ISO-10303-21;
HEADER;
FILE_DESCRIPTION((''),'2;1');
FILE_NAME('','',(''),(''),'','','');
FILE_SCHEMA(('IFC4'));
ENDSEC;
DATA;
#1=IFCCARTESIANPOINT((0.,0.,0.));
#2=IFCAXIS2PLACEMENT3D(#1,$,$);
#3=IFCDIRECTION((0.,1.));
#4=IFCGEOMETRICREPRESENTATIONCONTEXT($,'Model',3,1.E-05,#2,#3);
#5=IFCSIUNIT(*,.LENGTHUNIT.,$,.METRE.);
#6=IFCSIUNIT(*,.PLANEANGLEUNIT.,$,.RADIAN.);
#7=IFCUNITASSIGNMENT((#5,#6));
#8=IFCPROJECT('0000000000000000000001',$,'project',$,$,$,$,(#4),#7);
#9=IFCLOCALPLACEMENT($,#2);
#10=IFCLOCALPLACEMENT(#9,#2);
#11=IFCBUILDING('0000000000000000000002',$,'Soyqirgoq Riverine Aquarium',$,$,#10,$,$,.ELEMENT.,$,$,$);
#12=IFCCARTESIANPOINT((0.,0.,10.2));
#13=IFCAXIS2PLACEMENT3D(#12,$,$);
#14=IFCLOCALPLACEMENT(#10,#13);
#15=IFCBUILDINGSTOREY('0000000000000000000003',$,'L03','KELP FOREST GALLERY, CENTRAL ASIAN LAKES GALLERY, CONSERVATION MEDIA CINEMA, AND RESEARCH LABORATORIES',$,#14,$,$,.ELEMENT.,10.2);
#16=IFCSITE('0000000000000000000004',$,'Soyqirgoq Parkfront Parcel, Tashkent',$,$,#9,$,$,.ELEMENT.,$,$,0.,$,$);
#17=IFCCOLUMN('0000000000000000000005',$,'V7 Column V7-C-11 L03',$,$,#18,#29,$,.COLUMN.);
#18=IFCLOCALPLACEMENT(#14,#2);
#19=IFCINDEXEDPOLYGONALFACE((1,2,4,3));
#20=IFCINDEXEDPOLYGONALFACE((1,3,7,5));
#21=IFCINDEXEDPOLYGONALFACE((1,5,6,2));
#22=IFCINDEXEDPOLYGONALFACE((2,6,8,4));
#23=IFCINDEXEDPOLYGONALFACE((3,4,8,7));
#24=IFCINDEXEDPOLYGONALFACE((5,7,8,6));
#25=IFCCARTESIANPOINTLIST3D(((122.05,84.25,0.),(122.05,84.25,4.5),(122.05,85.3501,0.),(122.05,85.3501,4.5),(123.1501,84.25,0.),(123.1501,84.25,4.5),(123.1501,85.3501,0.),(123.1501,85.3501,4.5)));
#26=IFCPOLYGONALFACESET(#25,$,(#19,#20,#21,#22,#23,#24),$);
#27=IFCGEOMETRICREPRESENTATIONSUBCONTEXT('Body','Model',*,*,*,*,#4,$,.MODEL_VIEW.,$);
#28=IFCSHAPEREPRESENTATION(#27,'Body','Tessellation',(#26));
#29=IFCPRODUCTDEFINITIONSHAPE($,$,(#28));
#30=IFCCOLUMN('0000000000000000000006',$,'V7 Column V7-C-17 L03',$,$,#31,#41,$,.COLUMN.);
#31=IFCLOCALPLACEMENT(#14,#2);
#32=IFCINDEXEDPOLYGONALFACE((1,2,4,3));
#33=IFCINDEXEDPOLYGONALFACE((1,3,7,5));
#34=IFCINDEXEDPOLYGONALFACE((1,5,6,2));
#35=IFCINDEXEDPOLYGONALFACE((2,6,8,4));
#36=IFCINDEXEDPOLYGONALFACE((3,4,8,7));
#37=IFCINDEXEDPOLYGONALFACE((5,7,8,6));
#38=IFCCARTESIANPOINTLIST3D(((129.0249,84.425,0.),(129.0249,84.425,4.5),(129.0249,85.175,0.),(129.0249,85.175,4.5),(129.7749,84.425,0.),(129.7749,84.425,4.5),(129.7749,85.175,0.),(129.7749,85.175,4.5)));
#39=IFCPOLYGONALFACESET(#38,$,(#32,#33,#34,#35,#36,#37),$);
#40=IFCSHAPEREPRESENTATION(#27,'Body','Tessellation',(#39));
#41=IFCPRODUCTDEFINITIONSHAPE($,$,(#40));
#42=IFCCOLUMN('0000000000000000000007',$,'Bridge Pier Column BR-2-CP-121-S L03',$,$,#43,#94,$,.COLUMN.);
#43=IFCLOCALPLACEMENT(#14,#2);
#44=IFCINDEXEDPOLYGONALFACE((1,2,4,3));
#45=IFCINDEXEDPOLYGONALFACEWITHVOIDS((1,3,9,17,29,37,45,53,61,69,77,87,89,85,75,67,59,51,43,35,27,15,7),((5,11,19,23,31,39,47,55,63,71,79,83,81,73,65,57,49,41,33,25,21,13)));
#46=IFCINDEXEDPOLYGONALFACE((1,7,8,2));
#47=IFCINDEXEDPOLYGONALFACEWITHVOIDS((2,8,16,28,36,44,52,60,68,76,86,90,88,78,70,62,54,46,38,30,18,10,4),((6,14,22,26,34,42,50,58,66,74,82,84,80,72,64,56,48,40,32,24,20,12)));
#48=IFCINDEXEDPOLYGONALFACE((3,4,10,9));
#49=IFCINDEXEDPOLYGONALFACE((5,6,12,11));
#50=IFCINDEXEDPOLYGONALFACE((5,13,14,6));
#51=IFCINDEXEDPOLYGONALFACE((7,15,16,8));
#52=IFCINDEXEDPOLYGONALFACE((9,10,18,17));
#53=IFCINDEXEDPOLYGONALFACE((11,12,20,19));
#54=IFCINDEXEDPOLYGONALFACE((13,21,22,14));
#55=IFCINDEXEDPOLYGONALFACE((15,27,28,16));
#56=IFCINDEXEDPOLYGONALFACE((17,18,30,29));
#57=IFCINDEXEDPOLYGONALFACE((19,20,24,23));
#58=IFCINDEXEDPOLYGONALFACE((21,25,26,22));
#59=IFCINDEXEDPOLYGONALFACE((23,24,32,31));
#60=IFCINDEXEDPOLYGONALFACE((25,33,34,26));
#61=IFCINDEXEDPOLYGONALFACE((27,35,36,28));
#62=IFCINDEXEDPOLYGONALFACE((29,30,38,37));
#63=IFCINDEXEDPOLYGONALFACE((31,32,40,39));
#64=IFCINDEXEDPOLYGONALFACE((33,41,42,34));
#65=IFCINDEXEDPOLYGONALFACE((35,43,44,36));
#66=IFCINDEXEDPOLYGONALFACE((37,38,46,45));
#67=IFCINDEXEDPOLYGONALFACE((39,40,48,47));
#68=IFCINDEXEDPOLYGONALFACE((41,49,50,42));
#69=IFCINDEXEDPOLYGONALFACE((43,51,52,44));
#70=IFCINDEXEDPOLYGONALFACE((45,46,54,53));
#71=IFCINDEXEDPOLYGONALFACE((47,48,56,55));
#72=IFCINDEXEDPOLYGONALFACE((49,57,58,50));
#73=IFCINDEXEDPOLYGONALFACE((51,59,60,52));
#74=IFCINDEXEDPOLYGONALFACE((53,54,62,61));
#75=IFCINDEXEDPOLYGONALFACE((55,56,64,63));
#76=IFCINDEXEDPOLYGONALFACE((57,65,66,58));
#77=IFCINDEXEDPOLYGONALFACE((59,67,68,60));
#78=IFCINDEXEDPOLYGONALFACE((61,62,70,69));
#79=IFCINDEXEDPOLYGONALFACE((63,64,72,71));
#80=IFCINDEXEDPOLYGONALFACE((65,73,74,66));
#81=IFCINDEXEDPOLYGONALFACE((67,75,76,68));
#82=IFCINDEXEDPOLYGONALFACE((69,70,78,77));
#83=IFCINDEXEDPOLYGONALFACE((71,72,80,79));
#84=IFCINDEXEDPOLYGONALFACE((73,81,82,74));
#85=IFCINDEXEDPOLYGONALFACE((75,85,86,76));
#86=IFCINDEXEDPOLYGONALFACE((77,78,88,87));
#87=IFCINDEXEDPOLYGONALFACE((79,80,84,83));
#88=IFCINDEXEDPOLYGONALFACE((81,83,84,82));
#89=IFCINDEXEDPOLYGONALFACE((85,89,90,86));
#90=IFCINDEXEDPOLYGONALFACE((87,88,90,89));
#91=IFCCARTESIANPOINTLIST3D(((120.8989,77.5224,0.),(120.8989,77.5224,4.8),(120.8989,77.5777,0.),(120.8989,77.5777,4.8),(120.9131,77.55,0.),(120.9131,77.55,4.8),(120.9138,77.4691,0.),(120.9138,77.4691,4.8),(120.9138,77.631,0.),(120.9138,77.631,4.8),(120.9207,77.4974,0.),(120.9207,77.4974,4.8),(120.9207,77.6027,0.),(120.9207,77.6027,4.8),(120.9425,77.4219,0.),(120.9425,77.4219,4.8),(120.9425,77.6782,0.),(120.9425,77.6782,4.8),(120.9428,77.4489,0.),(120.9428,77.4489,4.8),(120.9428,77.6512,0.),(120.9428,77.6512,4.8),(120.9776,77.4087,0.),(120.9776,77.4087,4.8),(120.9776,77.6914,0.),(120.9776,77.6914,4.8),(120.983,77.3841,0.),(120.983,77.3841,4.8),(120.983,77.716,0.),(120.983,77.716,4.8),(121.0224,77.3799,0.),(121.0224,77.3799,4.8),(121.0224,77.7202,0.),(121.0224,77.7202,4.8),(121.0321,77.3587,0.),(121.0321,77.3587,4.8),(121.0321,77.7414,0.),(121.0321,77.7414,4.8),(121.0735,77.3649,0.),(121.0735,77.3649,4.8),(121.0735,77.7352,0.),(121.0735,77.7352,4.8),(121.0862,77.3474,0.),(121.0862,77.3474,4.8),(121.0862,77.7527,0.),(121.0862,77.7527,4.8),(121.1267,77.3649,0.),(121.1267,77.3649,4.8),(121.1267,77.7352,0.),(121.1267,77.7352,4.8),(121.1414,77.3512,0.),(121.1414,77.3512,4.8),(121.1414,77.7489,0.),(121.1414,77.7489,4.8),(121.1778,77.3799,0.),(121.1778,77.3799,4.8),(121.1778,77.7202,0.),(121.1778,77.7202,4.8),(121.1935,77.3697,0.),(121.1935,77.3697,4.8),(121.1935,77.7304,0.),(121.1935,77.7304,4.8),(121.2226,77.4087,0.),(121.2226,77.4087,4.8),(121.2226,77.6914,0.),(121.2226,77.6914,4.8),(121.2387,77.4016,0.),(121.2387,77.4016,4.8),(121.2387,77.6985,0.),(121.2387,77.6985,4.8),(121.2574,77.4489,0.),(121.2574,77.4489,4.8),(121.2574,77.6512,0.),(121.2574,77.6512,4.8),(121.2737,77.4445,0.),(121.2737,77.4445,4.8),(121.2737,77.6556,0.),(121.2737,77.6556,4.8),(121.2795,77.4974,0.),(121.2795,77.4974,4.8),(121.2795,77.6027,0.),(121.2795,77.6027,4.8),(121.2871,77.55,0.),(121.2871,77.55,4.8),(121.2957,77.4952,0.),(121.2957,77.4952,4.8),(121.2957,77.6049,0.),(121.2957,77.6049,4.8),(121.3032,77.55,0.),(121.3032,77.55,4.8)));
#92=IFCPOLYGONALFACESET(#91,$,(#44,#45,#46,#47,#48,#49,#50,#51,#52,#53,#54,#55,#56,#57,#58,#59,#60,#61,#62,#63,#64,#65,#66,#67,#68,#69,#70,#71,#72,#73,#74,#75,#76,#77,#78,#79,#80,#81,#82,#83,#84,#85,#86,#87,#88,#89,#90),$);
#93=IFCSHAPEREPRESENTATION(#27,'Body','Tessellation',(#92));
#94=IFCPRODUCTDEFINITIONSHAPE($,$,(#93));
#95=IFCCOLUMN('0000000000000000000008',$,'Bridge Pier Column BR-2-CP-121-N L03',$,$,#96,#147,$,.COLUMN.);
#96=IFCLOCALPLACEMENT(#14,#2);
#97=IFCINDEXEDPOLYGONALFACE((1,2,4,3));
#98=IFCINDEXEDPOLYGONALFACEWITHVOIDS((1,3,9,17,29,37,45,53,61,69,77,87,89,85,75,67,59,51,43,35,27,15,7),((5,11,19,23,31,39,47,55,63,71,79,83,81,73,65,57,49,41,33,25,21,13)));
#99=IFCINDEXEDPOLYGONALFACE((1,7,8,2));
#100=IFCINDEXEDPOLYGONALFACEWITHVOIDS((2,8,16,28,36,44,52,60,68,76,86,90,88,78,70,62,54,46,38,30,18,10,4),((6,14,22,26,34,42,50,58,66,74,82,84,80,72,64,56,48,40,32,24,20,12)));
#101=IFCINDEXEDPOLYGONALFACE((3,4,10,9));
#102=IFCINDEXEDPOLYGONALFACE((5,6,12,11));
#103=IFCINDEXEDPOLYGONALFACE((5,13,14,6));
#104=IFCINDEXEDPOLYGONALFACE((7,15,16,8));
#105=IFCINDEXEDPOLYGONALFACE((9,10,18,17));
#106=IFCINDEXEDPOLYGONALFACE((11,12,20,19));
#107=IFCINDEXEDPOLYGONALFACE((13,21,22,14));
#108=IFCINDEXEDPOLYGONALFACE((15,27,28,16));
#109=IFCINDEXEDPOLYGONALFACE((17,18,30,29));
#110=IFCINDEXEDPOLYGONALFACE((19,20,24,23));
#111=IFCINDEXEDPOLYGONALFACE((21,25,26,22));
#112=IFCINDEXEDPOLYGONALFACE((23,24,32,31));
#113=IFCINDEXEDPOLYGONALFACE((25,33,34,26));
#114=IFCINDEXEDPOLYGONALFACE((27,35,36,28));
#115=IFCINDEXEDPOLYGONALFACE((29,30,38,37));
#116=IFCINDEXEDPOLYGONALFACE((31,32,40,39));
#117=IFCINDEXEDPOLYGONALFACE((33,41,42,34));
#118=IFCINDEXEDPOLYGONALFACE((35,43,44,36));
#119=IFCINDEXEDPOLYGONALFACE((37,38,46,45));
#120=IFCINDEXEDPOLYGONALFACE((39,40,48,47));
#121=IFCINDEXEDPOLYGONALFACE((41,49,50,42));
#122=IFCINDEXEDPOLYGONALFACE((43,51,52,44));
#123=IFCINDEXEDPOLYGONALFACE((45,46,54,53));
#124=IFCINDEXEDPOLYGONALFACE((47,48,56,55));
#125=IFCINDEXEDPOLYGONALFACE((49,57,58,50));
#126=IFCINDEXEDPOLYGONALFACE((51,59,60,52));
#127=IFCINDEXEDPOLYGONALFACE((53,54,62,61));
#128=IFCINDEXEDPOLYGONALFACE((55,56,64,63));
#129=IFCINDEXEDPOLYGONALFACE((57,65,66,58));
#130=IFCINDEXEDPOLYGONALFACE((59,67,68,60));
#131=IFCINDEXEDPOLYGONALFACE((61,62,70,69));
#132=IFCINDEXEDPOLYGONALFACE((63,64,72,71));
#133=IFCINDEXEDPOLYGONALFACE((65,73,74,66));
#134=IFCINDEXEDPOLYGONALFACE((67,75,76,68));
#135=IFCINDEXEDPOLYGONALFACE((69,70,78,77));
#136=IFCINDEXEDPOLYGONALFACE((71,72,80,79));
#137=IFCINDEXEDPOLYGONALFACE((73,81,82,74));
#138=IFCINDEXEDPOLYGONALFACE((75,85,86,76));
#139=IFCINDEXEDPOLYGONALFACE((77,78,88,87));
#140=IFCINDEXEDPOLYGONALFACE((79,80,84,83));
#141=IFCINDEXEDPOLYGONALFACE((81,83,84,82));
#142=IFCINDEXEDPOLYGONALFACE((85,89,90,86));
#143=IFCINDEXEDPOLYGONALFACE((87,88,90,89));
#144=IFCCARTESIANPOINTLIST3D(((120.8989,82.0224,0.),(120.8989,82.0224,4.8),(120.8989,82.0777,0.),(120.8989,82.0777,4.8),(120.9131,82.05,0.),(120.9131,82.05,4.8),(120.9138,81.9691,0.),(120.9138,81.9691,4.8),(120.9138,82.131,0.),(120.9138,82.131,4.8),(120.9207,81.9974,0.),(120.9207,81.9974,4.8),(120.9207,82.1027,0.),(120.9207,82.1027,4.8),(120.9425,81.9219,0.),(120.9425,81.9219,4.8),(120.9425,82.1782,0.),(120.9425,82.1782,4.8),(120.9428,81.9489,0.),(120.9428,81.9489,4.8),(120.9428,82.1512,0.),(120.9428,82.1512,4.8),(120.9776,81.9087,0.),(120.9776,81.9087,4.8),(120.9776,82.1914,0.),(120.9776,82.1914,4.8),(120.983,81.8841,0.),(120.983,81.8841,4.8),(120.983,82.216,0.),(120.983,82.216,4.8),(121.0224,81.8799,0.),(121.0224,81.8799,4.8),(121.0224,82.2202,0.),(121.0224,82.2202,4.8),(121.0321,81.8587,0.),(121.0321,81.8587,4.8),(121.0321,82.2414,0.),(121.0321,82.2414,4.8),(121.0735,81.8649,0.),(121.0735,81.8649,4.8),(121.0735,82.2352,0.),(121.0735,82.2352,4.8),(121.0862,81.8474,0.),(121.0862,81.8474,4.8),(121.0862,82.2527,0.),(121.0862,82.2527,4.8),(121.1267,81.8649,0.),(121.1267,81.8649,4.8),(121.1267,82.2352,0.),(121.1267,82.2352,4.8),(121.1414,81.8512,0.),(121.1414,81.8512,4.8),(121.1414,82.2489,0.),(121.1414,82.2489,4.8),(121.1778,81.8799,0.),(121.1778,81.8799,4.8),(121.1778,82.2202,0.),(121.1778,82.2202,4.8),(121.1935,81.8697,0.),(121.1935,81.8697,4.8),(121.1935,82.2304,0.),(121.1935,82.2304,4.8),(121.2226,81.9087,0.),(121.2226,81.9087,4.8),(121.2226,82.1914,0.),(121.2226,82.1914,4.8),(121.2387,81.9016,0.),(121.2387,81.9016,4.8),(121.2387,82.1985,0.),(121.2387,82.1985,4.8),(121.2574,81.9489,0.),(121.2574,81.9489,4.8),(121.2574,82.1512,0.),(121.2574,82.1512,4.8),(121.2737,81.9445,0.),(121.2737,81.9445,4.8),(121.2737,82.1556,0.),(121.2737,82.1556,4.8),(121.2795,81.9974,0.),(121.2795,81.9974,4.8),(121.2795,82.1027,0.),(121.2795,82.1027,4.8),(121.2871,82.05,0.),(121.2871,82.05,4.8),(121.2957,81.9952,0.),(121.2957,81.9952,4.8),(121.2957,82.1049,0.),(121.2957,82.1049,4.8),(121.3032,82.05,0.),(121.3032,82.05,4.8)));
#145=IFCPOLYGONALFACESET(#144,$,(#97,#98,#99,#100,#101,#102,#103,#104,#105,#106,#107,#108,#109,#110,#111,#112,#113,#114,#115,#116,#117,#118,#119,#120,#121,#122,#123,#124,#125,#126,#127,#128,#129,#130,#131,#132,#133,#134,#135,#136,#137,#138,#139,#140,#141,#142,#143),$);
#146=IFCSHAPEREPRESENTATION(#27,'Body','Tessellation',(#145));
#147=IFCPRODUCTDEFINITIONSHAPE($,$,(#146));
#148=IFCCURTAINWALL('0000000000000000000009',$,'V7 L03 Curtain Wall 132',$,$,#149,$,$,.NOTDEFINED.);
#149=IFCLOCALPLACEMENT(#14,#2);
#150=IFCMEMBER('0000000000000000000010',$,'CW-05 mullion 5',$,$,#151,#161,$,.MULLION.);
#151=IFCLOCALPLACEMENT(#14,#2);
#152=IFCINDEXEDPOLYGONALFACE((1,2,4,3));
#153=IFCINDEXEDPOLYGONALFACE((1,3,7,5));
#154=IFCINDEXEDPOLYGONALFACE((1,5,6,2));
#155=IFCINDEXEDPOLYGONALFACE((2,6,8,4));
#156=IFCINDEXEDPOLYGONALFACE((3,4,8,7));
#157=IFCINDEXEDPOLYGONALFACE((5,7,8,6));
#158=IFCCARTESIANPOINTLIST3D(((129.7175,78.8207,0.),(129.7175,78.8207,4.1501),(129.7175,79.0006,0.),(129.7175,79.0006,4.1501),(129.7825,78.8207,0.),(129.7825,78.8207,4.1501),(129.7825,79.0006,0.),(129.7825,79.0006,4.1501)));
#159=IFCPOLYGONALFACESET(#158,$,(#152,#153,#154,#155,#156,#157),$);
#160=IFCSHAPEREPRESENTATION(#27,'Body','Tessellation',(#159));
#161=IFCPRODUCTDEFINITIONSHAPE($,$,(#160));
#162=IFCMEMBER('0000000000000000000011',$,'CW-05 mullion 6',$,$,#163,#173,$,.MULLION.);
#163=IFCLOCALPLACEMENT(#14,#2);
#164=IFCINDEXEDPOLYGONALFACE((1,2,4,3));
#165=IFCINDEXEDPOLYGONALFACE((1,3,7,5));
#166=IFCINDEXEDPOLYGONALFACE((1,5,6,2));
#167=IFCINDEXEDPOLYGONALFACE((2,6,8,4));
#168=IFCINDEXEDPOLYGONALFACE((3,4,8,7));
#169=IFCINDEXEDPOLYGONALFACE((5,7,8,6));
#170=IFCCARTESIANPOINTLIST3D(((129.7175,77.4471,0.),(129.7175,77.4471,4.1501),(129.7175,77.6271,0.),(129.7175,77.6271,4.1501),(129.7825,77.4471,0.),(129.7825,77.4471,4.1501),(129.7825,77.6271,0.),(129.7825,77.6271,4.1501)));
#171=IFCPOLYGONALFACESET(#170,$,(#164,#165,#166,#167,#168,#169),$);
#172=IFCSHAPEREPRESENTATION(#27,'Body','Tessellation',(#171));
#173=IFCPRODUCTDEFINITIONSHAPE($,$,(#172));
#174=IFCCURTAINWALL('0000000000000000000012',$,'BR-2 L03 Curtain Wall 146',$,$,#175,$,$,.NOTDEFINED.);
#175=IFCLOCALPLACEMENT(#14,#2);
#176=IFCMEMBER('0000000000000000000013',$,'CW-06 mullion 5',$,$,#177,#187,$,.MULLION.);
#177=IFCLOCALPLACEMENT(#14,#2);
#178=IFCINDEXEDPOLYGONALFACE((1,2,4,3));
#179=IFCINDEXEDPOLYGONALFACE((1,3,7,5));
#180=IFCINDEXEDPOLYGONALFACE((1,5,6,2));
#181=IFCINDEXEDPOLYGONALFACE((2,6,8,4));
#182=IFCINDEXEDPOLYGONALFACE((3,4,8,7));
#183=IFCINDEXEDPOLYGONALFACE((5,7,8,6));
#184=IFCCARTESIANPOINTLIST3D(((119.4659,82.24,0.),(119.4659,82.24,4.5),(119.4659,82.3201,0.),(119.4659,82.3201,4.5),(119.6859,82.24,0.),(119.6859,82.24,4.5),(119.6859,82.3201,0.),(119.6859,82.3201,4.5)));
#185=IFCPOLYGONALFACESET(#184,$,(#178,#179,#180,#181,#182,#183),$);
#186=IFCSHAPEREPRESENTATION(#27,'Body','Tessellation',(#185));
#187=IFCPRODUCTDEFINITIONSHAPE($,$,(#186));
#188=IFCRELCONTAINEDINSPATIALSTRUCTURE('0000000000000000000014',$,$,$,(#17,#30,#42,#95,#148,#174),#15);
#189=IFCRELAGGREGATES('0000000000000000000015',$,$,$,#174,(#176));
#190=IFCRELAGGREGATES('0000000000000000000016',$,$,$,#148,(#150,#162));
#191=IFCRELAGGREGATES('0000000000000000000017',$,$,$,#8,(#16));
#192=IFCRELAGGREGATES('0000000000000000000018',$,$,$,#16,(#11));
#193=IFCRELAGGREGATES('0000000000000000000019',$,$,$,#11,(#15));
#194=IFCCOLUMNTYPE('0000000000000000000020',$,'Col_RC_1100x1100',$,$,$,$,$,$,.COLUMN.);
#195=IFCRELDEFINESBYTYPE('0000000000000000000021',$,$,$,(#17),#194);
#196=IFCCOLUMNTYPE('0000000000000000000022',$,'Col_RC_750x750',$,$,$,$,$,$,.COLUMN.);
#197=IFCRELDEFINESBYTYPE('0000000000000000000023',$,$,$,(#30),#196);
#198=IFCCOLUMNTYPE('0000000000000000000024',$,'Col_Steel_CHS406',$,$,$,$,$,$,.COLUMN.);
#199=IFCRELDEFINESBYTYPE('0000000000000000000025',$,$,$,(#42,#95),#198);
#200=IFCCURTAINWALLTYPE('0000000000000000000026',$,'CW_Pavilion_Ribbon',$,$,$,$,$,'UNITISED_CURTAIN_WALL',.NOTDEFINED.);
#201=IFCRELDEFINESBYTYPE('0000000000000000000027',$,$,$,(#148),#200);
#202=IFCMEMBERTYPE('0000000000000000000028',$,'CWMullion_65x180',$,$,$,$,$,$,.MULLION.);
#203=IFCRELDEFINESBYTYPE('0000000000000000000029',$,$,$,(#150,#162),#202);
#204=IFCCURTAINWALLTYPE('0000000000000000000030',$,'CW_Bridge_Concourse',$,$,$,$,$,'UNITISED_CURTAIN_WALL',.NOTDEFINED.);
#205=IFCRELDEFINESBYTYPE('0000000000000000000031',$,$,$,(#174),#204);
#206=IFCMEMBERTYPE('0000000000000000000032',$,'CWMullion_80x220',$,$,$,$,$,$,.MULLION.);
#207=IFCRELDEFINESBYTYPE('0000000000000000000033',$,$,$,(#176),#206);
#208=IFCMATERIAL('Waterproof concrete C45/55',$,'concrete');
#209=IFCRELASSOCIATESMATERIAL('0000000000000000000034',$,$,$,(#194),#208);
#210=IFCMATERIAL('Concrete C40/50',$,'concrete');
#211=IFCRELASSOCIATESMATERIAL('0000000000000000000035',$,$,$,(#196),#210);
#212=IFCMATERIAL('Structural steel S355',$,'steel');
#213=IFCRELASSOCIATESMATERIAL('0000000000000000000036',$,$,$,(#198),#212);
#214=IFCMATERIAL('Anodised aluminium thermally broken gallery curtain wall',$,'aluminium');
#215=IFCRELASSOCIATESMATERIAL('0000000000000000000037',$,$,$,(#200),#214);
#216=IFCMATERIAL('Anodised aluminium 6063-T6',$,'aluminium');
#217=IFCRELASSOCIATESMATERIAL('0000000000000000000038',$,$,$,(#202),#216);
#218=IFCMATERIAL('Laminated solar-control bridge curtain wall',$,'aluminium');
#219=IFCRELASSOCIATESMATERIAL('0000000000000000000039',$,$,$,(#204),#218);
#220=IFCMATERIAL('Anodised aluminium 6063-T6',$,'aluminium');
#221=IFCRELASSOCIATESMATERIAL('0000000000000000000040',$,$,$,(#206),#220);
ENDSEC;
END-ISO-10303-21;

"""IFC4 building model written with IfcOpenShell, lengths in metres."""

from ifc_helpers import new_model, si_unit, direction, frame, origin, origin_2d, place, context, subcontext, project, spatial, rectangle, hollow_circle, extrude, material, material_profile, profile_set, type_object, element, aggregate, save


model = new_model("IFC4")

# Units and contexts
model_context = context("Model", 3, precision=1e-05, world=origin(), true_north=direction((0.0, 1.0)))
body_context = subcontext(model_context, "Body", "Model", "MODEL_VIEW")
ifc_project = project(units=[si_unit("LENGTHUNIT", "METRE"), si_unit("PLANEANGLEUNIT", "RADIAN")], contexts=[model_context])

# Site, building, storey
site_placement = place(None, origin())
site = spatial("IfcSite", under=ifc_project, at=site_placement, Name="Soyqirgoq Parkfront Parcel, Tashkent", CompositionType="ELEMENT", RefElevation=0.0)
building_placement = place(site_placement, origin())
building = spatial("IfcBuilding", under=site, at=building_placement, Name="Soyqirgoq Riverine Aquarium", CompositionType="ELEMENT")
storey_placement = place(building_placement, frame((0.0, 0.0, 10.2)))
storey = spatial("IfcBuildingStorey", under=building, at=storey_placement, Name="L03", Description="KELP FOREST GALLERY, CENTRAL ASIAN LAKES GALLERY, CONSERVATION MEDIA CINEMA, AND RESEARCH LABORATORIES", CompositionType="ELEMENT", Elevation=10.2)

# Columns
ifc_material_1 = material(Name="Waterproof concrete C45/55", Category="concrete")
ifc_material_profile_1 = material_profile(ifc_material_1, rectangle(XDim=1.1001, YDim=1.1001, at=origin_2d()), Name="RC 1100x1100")
ifc_profile_set_1 = profile_set([ifc_material_profile_1], Name="Waterproof concrete C45/55")
column_type_1 = type_object("IfcColumnType", Name="Col_RC_1100x1100", PredefinedType="COLUMN", material=ifc_profile_set_1)
column_1_placement = place(storey_placement, frame((122.6001, 84.8, 0.0), z_axis=(0.0, 0.0, 1.0), x_axis=(1.0, 0.0, 0.0)))
element("IfcColumn", 1, at=column_1_placement, inside=storey, type_object=column_type_1, Name="V7 Column V7-C-11 L03", PredefinedType="COLUMN", context=body_context, shape_type="SweptSolid", body=[
    extrude(rectangle(XDim=1.1001, YDim=1.1001, at=origin_2d()), origin(), (0.0, 0.0, 1.0), 4.5),
])
ifc_material_2 = material(Name="Concrete C40/50", Category="concrete")
ifc_material_profile_2 = material_profile(ifc_material_2, rectangle(XDim=0.75, YDim=0.75, at=origin_2d()), Name="RC 750x750")
ifc_profile_set_2 = profile_set([ifc_material_profile_2], Name="Concrete C40/50")
column_type_2 = type_object("IfcColumnType", Name="Col_RC_750x750", PredefinedType="COLUMN", material=ifc_profile_set_2)
column_2_placement = place(storey_placement, frame((129.3999, 84.8, 0.0), z_axis=(0.0, 0.0, 1.0), x_axis=(1.0, 0.0, 0.0)))
element("IfcColumn", 2, at=column_2_placement, inside=storey, type_object=column_type_2, Name="V7 Column V7-C-17 L03", PredefinedType="COLUMN", context=body_context, shape_type="SweptSolid", body=[
    extrude(rectangle(XDim=0.75, YDim=0.75, at=origin_2d()), origin(), (0.0, 0.0, 1.0), 4.5),
])
ifc_material_3 = material(Name="Structural steel S355", Category="steel")
ifc_material_profile_3 = material_profile(ifc_material_3, hollow_circle(Radius=0.2031, WallThickness=0.0161, at=origin_2d()), Name="CHS 406.4x16")
ifc_profile_set_3 = profile_set([ifc_material_profile_3], Name="Structural steel S355")
column_type_3 = type_object("IfcColumnType", Name="Col_Steel_CHS406", PredefinedType="COLUMN", material=ifc_profile_set_3)
for number, where, z_axis, x_axis, name in (
    (3, (121.1001, 77.55, 0.0), (0.0, 0.0, 1.0), (1.0, 0.0, 0.0), "Bridge Pier Column BR-2-CP-121-S L03"),
    (4, (121.1001, 82.05, 0.0), (0.0, 0.0, 1.0), (1.0, 0.0, 0.0), "Bridge Pier Column BR-2-CP-121-N L03"),
):
    element("IfcColumn", number, at=place(storey_placement, frame(where, z_axis=z_axis, x_axis=x_axis)), inside=storey, type_object=column_type_3, Name=name, PredefinedType="COLUMN", context=body_context, shape_type="SweptSolid", body=[
        extrude(hollow_circle(Radius=0.2031, WallThickness=0.0161, at=origin_2d()), origin(), (0.0, 0.0, 1.0), 4.8),
    ])

# Curtain walls, members
ifc_material_4 = material(Name="Anodised aluminium thermally broken gallery curtain wall", Category="aluminium")
curtain_wall_type_1 = type_object("IfcCurtainWallType", Name="CW_Pavilion_Ribbon", ElementType="UNITISED_CURTAIN_WALL", PredefinedType="NOTDEFINED", material=ifc_material_4)
curtain_wall_1_placement = place(storey_placement, origin())
curtain_wall_1 = element("IfcCurtainWall", 5, at=curtain_wall_1_placement, inside=storey, type_object=curtain_wall_type_1, Name="V7 L03 Curtain Wall 132", PredefinedType="NOTDEFINED")
ifc_material_5 = material(Name="Anodised aluminium 6063-T6", Category="aluminium")
ifc_material_profile_4 = material_profile(ifc_material_5, rectangle(XDim=0.0649, YDim=0.1799, at=origin_2d()), Name="ALU-M 65x180")
ifc_profile_set_4 = profile_set([ifc_material_profile_4], Name="Anodised aluminium 6063-T6")
member_type_1 = type_object("IfcMemberType", Name="CWMullion_65x180", PredefinedType="MULLION", material=ifc_profile_set_4)
member_1_placement = place(storey_placement, frame((129.75, 78.9106, 0.0), z_axis=(0.0, 0.0, 1.0), x_axis=(1.0, 0.0, 0.0)))
member_1 = element("IfcMember", 6, at=member_1_placement, type_object=member_type_1, Name="CW-05 mullion 5", PredefinedType="MULLION", context=body_context, shape_type="SweptSolid", body=[
    extrude(rectangle(XDim=0.0649, YDim=0.1799, at=origin_2d()), origin(), (0.0, 0.0, 1.0), 4.1501),
])
member_2_placement = place(storey_placement, frame((129.75, 77.5371, 0.0), z_axis=(0.0, 0.0, 1.0), x_axis=(1.0, 0.0, 0.0)))
member_2 = element("IfcMember", 7, at=member_2_placement, type_object=member_type_1, Name="CW-05 mullion 6", PredefinedType="MULLION", context=body_context, shape_type="SweptSolid", body=[
    extrude(rectangle(XDim=0.0649, YDim=0.1799, at=origin_2d()), origin(), (0.0, 0.0, 1.0), 4.1501),
])
ifc_material_6 = material(Name="Laminated solar-control bridge curtain wall", Category="aluminium")
curtain_wall_type_2 = type_object("IfcCurtainWallType", Name="CW_Bridge_Concourse", ElementType="UNITISED_CURTAIN_WALL", PredefinedType="NOTDEFINED", material=ifc_material_6)
curtain_wall_2_placement = place(storey_placement, origin())
curtain_wall_2 = element("IfcCurtainWall", 8, at=curtain_wall_2_placement, inside=storey, type_object=curtain_wall_type_2, Name="BR-2 L03 Curtain Wall 146", PredefinedType="NOTDEFINED")
ifc_material_7 = material(Name="Anodised aluminium 6063-T6", Category="aluminium")
ifc_material_profile_5 = material_profile(ifc_material_7, rectangle(XDim=0.0801, YDim=0.22, at=origin_2d()), Name="ALU-M 80x220")
ifc_profile_set_5 = profile_set([ifc_material_profile_5], Name="Anodised aluminium 6063-T6")
member_type_2 = type_object("IfcMemberType", Name="CWMullion_80x220", PredefinedType="MULLION", material=ifc_profile_set_5)
member_3_placement = place(storey_placement, frame((119.5759, 82.28, 0.0), z_axis=(0.0, 0.0, 1.0), x_axis=(0.0, 1.0, 0.0)))
member_3 = element("IfcMember", 9, at=member_3_placement, type_object=member_type_2, Name="CW-06 mullion 5", PredefinedType="MULLION", context=body_context, shape_type="SweptSolid", body=[
    extrude(rectangle(XDim=0.0801, YDim=0.22, at=origin_2d()), origin(), (0.0, 0.0, 1.0), 4.5),
])

aggregate(curtain_wall_2, [member_3])
aggregate(curtain_wall_1, [member_1, member_2])

save(model, "model.ifc")
